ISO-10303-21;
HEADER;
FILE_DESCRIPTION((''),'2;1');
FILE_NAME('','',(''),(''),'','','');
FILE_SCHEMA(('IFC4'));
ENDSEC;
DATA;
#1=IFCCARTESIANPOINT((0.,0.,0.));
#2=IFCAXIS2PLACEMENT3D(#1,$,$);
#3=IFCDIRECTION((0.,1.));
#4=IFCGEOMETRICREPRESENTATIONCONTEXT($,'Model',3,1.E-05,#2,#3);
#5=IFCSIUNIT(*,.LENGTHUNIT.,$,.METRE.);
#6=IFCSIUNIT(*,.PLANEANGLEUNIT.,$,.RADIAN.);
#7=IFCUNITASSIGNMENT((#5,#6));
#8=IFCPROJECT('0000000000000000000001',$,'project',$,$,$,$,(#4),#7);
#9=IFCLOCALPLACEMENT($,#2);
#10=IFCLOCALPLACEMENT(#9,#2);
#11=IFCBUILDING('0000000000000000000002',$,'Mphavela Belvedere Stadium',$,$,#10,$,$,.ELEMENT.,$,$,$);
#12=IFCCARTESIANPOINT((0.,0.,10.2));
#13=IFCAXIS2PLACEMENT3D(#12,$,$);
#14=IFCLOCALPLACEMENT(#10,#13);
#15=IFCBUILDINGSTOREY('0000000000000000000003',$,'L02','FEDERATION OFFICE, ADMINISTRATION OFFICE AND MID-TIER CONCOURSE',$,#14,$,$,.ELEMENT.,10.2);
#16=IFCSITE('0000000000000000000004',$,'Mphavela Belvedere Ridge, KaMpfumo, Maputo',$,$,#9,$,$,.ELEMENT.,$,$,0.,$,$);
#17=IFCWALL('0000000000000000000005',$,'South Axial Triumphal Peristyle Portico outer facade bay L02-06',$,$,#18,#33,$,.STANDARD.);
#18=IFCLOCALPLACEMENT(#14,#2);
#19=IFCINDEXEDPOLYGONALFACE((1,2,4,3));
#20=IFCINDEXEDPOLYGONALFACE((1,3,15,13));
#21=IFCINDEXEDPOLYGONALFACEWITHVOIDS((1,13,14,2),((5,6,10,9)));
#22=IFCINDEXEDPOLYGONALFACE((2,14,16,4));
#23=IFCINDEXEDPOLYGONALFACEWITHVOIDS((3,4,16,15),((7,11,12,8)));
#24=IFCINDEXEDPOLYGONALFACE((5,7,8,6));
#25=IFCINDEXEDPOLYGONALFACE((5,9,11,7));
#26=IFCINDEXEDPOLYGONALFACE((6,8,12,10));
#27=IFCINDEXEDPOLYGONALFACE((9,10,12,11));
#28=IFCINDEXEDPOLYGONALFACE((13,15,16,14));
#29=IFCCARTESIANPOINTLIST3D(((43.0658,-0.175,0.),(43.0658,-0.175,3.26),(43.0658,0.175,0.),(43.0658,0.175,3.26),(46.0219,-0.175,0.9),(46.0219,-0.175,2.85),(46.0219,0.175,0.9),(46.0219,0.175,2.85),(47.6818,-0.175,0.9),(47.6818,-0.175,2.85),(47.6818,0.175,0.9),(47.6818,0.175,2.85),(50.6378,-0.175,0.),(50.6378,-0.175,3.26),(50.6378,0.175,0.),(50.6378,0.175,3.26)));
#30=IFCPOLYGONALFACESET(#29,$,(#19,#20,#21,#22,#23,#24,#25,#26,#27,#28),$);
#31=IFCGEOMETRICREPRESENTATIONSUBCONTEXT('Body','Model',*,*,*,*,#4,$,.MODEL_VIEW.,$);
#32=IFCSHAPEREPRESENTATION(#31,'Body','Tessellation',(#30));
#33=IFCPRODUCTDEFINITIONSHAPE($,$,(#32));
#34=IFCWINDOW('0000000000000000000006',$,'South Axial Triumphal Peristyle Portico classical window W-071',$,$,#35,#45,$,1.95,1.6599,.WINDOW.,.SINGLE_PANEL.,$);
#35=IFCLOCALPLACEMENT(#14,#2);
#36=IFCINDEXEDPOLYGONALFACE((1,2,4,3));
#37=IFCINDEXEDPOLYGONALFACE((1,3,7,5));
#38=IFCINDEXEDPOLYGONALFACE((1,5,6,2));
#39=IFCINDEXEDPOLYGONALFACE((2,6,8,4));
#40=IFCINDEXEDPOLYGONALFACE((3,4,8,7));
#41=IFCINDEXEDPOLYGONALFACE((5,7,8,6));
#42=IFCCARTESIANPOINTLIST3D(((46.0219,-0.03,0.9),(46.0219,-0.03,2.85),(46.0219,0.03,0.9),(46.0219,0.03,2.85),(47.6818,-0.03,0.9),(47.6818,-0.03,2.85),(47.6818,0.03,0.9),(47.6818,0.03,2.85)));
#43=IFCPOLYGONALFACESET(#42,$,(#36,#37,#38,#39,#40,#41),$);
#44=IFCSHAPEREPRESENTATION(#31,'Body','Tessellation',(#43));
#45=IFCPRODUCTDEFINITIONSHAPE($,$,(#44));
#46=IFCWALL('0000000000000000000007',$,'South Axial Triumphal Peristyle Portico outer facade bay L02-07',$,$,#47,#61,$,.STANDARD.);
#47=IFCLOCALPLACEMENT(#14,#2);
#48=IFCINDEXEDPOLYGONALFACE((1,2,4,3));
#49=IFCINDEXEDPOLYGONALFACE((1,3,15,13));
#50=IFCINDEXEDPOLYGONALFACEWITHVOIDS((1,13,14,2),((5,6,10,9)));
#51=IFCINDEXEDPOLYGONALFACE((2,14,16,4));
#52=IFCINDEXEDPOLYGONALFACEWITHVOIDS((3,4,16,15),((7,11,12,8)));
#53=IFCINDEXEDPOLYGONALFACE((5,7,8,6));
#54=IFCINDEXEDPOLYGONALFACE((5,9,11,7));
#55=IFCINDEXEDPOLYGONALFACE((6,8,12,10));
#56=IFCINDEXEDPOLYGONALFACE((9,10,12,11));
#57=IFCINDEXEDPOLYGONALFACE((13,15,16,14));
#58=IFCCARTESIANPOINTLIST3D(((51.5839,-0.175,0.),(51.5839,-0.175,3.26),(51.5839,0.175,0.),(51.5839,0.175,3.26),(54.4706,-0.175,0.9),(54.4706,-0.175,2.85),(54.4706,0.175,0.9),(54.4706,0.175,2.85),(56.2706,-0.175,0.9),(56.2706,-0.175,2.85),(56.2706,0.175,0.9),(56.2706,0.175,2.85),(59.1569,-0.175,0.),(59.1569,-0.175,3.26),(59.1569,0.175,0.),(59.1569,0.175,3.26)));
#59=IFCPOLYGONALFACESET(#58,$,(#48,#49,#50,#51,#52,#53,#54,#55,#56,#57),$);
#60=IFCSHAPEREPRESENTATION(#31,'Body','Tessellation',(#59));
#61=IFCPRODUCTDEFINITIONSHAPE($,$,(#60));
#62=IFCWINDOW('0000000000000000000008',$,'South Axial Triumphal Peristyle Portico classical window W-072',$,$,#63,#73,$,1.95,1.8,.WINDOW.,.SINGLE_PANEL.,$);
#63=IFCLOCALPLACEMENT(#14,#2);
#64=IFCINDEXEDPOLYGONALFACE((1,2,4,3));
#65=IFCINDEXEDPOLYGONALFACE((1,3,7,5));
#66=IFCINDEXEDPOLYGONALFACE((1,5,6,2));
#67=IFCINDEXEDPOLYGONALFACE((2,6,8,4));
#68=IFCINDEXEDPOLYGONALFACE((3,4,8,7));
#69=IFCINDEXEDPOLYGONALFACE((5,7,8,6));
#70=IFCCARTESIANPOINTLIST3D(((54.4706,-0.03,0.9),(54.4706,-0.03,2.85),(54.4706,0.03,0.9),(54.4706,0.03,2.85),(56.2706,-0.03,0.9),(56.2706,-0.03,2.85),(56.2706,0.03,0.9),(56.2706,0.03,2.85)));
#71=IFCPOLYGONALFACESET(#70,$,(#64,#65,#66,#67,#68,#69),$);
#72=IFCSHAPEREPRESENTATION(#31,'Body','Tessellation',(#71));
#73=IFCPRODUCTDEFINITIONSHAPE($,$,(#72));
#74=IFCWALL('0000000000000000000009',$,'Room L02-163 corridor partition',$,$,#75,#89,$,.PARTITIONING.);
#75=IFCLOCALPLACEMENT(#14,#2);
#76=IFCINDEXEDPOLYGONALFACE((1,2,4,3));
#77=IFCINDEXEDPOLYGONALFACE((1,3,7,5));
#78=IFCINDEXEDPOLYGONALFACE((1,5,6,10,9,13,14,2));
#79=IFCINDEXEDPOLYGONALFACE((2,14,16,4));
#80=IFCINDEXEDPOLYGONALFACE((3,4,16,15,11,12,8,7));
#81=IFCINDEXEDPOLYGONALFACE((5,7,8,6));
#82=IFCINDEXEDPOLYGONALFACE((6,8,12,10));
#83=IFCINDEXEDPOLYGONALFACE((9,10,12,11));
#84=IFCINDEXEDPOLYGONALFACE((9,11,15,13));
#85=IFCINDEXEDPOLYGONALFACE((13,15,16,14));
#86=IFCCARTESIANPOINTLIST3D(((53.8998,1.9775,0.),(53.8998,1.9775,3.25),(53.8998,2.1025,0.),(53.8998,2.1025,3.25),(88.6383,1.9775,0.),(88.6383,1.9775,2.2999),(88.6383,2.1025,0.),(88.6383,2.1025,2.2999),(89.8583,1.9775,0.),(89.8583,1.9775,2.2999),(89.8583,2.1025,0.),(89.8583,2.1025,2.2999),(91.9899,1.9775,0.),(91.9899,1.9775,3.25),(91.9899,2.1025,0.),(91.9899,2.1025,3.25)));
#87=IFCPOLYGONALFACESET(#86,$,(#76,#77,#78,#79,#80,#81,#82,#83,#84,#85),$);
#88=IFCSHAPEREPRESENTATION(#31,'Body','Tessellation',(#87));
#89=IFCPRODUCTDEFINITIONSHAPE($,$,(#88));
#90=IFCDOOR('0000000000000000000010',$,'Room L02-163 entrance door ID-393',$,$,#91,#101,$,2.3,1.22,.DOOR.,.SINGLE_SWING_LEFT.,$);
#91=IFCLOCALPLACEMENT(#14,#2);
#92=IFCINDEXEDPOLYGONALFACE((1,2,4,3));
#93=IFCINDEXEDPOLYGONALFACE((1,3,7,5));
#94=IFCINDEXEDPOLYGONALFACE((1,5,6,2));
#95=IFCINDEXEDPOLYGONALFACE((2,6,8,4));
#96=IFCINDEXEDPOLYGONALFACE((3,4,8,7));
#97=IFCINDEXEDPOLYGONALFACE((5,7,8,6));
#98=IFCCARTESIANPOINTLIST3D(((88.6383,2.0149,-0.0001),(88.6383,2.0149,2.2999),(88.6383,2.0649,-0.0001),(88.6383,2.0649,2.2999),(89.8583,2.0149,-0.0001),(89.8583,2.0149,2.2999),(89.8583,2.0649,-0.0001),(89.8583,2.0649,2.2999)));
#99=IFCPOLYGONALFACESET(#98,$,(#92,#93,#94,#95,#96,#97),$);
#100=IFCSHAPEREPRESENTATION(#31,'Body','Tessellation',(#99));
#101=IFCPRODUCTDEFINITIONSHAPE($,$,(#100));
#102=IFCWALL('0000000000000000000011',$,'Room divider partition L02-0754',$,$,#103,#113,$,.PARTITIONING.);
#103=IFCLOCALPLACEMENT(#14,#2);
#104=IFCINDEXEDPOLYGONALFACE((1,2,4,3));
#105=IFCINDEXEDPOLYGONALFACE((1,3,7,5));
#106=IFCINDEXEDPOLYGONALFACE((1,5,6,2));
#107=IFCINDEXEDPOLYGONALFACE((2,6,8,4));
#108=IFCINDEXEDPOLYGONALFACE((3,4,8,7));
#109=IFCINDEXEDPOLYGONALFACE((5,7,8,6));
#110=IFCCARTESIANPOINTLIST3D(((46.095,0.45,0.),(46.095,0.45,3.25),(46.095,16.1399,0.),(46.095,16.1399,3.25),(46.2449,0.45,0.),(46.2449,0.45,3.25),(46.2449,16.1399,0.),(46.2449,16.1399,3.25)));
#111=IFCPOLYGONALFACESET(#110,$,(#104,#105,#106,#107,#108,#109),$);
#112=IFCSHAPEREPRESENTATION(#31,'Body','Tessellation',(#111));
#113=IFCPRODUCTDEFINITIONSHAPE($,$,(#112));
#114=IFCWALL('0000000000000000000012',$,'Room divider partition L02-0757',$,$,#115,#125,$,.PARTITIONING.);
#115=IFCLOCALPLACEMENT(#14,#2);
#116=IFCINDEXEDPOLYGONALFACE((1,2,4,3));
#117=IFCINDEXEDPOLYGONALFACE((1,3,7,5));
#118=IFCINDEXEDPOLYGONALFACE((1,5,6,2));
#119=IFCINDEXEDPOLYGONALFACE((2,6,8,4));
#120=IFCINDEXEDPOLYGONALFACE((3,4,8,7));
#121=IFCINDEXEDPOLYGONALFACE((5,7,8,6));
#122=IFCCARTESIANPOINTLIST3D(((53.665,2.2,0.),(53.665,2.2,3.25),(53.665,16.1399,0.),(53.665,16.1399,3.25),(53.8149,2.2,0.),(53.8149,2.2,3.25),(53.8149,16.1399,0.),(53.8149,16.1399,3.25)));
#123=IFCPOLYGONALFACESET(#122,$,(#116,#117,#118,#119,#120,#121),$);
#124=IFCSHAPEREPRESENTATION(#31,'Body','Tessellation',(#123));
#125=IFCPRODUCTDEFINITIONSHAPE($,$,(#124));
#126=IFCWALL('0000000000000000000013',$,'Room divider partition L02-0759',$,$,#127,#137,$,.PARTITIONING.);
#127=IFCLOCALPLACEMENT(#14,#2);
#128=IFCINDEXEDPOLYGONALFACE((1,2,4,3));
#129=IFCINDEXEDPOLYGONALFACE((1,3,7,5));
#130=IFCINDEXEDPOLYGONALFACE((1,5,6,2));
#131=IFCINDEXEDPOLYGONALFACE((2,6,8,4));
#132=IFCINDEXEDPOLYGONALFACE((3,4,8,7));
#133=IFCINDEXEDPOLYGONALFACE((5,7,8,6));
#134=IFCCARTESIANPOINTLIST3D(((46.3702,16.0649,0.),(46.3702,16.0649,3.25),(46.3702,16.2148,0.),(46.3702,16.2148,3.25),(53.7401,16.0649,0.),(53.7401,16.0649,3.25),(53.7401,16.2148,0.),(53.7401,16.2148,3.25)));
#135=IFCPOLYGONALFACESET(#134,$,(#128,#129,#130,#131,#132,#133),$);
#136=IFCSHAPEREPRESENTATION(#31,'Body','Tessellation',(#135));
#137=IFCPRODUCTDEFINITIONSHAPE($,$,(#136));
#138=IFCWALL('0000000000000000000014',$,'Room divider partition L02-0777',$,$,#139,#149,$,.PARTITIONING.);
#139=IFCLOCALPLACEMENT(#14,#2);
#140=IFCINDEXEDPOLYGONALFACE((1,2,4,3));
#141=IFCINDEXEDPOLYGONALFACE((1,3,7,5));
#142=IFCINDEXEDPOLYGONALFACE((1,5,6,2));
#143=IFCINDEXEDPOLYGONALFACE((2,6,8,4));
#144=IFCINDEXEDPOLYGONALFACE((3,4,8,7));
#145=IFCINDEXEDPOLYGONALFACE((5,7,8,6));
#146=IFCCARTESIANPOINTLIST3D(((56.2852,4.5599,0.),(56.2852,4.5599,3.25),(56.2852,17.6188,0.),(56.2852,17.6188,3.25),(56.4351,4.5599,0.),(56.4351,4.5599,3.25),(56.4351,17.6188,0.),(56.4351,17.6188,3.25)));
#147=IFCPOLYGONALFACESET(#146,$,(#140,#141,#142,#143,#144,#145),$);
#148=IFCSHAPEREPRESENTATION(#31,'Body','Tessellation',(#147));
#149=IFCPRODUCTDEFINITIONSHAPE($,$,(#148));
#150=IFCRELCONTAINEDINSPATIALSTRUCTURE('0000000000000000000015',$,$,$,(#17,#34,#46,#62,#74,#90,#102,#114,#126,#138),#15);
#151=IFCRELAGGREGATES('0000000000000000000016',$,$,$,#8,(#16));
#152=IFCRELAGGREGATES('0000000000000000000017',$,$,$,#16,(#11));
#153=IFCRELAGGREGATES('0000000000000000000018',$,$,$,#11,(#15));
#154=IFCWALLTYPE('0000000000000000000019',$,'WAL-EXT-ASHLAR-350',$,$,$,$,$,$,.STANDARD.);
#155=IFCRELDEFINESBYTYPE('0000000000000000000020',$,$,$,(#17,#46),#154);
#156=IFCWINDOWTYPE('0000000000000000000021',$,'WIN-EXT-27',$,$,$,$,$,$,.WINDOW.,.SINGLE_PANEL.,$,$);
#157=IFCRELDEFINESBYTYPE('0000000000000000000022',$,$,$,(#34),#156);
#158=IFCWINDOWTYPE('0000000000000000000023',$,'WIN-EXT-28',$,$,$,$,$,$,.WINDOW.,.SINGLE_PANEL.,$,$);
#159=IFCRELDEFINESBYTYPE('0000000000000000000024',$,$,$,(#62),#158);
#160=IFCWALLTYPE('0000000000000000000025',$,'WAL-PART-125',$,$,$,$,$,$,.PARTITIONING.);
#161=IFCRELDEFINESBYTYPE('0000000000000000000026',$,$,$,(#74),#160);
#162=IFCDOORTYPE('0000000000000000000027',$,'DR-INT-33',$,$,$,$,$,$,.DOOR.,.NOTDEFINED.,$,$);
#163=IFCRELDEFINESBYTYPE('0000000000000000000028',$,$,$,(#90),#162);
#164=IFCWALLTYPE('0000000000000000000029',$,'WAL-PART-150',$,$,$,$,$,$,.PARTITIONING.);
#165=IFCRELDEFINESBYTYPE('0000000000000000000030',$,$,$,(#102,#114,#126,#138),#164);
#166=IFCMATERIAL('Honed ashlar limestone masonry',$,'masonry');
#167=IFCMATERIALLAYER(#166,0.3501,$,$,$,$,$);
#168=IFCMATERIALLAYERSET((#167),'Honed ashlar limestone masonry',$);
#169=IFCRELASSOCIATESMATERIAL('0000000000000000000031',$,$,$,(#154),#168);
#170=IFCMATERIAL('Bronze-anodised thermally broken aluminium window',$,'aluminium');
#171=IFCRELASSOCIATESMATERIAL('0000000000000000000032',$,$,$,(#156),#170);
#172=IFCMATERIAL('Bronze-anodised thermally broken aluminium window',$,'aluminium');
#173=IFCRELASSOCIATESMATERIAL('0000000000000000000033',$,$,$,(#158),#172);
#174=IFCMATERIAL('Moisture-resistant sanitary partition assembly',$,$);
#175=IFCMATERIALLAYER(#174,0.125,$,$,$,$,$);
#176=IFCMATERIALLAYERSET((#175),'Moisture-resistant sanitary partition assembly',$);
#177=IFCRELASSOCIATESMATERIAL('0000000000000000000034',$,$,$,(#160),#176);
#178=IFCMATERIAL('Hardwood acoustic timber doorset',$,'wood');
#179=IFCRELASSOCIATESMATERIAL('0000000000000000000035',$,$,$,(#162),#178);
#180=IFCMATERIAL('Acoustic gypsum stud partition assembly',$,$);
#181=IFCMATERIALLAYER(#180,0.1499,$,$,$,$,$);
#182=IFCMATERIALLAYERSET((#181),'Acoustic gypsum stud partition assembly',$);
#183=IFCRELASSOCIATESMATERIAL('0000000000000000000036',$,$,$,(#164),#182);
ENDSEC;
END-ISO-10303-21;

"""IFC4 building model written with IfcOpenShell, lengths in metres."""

from ifc_helpers import new_model, si_unit, direction, frame, frame_2d, origin, place, context, subcontext, project, spatial, rectangle, extrude, material, layer, layer_set, type_object, element, fill, save


model = new_model("IFC4")

# Units and contexts
model_context = context("Model", 3, precision=1e-05, world=origin(), true_north=direction((0.0, 1.0)))
body_context = subcontext(model_context, "Body", "Model", "MODEL_VIEW")
ifc_project = project(units=[si_unit("LENGTHUNIT", "METRE"), si_unit("PLANEANGLEUNIT", "RADIAN")], contexts=[model_context])

# Site, building, storey
site_placement = place(None, origin())
site = spatial("IfcSite", under=ifc_project, at=site_placement, Name="Mphavela Belvedere Ridge, KaMpfumo, Maputo", CompositionType="ELEMENT", RefElevation=0.0)
building_placement = place(site_placement, origin())
building = spatial("IfcBuilding", under=site, at=building_placement, Name="Mphavela Belvedere Stadium", CompositionType="ELEMENT")
storey_placement = place(building_placement, frame((0.0, 0.0, 10.2)))
storey = spatial("IfcBuildingStorey", under=building, at=storey_placement, Name="L02", Description="FEDERATION OFFICE, ADMINISTRATION OFFICE AND MID-TIER CONCOURSE", CompositionType="ELEMENT", Elevation=10.2)

# Walls, openings, windows
ifc_material_1 = material(Name="Honed ashlar limestone masonry", Category="masonry")
ifc_layer_1 = layer(ifc_material_1, 0.3501)
ifc_layer_set_1 = layer_set([ifc_layer_1], Name="Honed ashlar limestone masonry")
wall_type_1 = type_object("IfcWallType", Name="WAL-EXT-ASHLAR-350", PredefinedType="STANDARD", material=ifc_layer_set_1)
wall_1_placement = place(storey_placement, frame((50.6379, 0.0, 0.0), z_axis=(0.0, 0.0, 1.0), x_axis=(-1.0, 0.0, 0.0)))
wall_1 = element("IfcWall", 1, at=wall_1_placement, inside=storey, type_object=wall_type_1, Name="South Axial Triumphal Peristyle Portico outer facade bay L02-06", PredefinedType="STANDARD", context=body_context, shape_type="SweptSolid", body=[
    extrude(rectangle(XDim=7.572, YDim=0.3501, at=frame_2d((3.7861, 0.0))), origin(), (0.0, 0.0, 1.0), 3.26),
])
opening_1_placement = place(wall_1_placement, frame((2.9561, 0.0, 0.8999)))
opening_1 = element("IfcOpeningElement", 2, at=opening_1_placement, cuts=wall_1, PredefinedType="OPENING", context=body_context, shape_type="SweptSolid", body=[
    extrude(rectangle(XDim=1.6599, YDim=1.95, at=frame_2d((0.8301, 0.9751))), frame((0.0, 0.1851, 0.0), z_axis=(0.0, -1.0, 0.0), x_axis=(1.0, 0.0, 0.0)), (0.0, 0.0, 1.0), 0.3701),
])
ifc_material_2 = material(Name="Bronze-anodised thermally broken aluminium window", Category="aluminium")
window_type_1 = type_object("IfcWindowType", Name="WIN-EXT-27", PartitioningType="SINGLE_PANEL", PredefinedType="WINDOW", material=ifc_material_2)
window_1_placement = place(opening_1_placement, origin())
window_1 = element("IfcWindow", 3, at=window_1_placement, inside=storey, type_object=window_type_1, Name="South Axial Triumphal Peristyle Portico classical window W-071", OverallHeight=1.95, OverallWidth=1.6599, PartitioningType="SINGLE_PANEL", PredefinedType="WINDOW", context=body_context, shape_type="SweptSolid", body=[
    extrude(rectangle(XDim=1.6599, YDim=1.95, at=frame_2d((0.8301, 0.9751))), frame((0.0, 0.03, 0.0), z_axis=(0.0, -1.0, 0.0), x_axis=(1.0, 0.0, 0.0)), (0.0, 0.0, 1.0), 0.0601),
])
fill(opening_1, window_1)
wall_2_placement = place(storey_placement, frame((59.157, 0.0, 0.0), z_axis=(0.0, 0.0, 1.0), x_axis=(-1.0, 0.0, 0.0)))
wall_2 = element("IfcWall", 4, at=wall_2_placement, inside=storey, type_object=wall_type_1, Name="South Axial Triumphal Peristyle Portico outer facade bay L02-07", PredefinedType="STANDARD", context=body_context, shape_type="SweptSolid", body=[
    extrude(rectangle(XDim=7.573, YDim=0.3501, at=frame_2d((3.7866, 0.0))), origin(), (0.0, 0.0, 1.0), 3.26),
])
opening_2_placement = place(wall_2_placement, frame((2.8865, 0.0, 0.8999)))
opening_2 = element("IfcOpeningElement", 5, at=opening_2_placement, cuts=wall_2, PredefinedType="OPENING", context=body_context, shape_type="SweptSolid", body=[
    extrude(rectangle(XDim=1.8, YDim=1.95, at=frame_2d((0.8999, 0.9751))), frame((0.0, 0.1851, 0.0), z_axis=(0.0, -1.0, 0.0), x_axis=(1.0, 0.0, 0.0)), (0.0, 0.0, 1.0), 0.3701),
])
ifc_material_3 = material(Name="Bronze-anodised thermally broken aluminium window", Category="aluminium")
window_type_2 = type_object("IfcWindowType", Name="WIN-EXT-28", PartitioningType="SINGLE_PANEL", PredefinedType="WINDOW", material=ifc_material_3)
window_2_placement = place(opening_2_placement, origin())
window_2 = element("IfcWindow", 6, at=window_2_placement, inside=storey, type_object=window_type_2, Name="South Axial Triumphal Peristyle Portico classical window W-072", OverallHeight=1.95, OverallWidth=1.8, PartitioningType="SINGLE_PANEL", PredefinedType="WINDOW", context=body_context, shape_type="SweptSolid", body=[
    extrude(rectangle(XDim=1.8, YDim=1.95, at=frame_2d((0.8999, 0.9751))), frame((0.0, 0.03, 0.0), z_axis=(0.0, -1.0, 0.0), x_axis=(1.0, 0.0, 0.0)), (0.0, 0.0, 1.0), 0.0601),
])
fill(opening_2, window_2)

# Wall, opening, door
ifc_material_4 = material(Name="Moisture-resistant sanitary partition assembly")
ifc_layer_2 = layer(ifc_material_4, 0.125)
ifc_layer_set_2 = layer_set([ifc_layer_2], Name="Moisture-resistant sanitary partition assembly")
wall_type_2 = type_object("IfcWallType", Name="WAL-PART-125", PredefinedType="PARTITIONING", material=ifc_layer_set_2)
wall_3_placement = place(storey_placement, frame((53.8999, 2.04, 0.0), z_axis=(0.0, 0.0, 1.0), x_axis=(1.0, 0.0, 0.0)))
wall_3 = element("IfcWall", 7, at=wall_3_placement, inside=storey, type_object=wall_type_2, Name="Room L02-163 corridor partition", PredefinedType="PARTITIONING", context=body_context, shape_type="SweptSolid", body=[
    extrude(rectangle(XDim=38.0901, YDim=0.125, at=frame_2d((19.0449, 0.0))), origin(), (0.0, 0.0, 1.0), 3.25),
])
opening_3_placement = place(wall_3_placement, frame((34.7385, 0.0, 0.0)))
opening_3 = element("IfcOpeningElement", 8, at=opening_3_placement, cuts=wall_3, PredefinedType="OPENING", context=body_context, shape_type="SweptSolid", body=[
    extrude(rectangle(XDim=1.22, YDim=2.3, at=frame_2d((0.6099, 1.1499))), frame((0.0, 0.0725, 0.0), z_axis=(0.0, -1.0, 0.0), x_axis=(1.0, 0.0, 0.0)), (0.0, 0.0, 1.0), 0.145),
])
ifc_material_5 = material(Name="Hardwood acoustic timber doorset", Category="wood")
door_type = type_object("IfcDoorType", Name="DR-INT-33", OperationType="NOTDEFINED", PredefinedType="DOOR", material=ifc_material_5)
door_placement = place(opening_3_placement, origin())
door = element("IfcDoor", 9, at=door_placement, inside=storey, type_object=door_type, Name="Room L02-163 entrance door ID-393", OperationType="SINGLE_SWING_LEFT", OverallHeight=2.3, OverallWidth=1.22, PredefinedType="DOOR", context=body_context, shape_type="SweptSolid", body=[
    extrude(rectangle(XDim=1.22, YDim=2.3, at=frame_2d((0.6099, 1.1499))), frame((0.0, 0.0249, 0.0), z_axis=(0.0, -1.0, 0.0), x_axis=(1.0, 0.0, 0.0)), (0.0, 0.0, 1.0), 0.05),
])
fill(opening_3, door)

# Walls
ifc_material_6 = material(Name="Acoustic gypsum stud partition assembly")
ifc_layer_3 = layer(ifc_material_6, 0.1499)
ifc_layer_set_3 = layer_set([ifc_layer_3], Name="Acoustic gypsum stud partition assembly")
wall_type_3 = type_object("IfcWallType", Name="WAL-PART-150", PredefinedType="PARTITIONING", material=ifc_layer_set_3)
wall_4_placement = place(storey_placement, frame((46.1699, 16.1399, 0.0), z_axis=(0.0, 0.0, 1.0), x_axis=(0.0, -1.0, 0.0)))
element("IfcWall", 10, at=wall_4_placement, inside=storey, type_object=wall_type_3, Name="Room divider partition L02-0754", PredefinedType="PARTITIONING", context=body_context, shape_type="SweptSolid", body=[
    extrude(rectangle(XDim=15.6899, YDim=0.1499, at=frame_2d((7.845, 0.0))), origin(), (0.0, 0.0, 1.0), 3.25),
])
wall_5_placement = place(storey_placement, frame((53.74, 16.1399, 0.0), z_axis=(0.0, 0.0, 1.0), x_axis=(0.0, -1.0, 0.0)))
element("IfcWall", 11, at=wall_5_placement, inside=storey, type_object=wall_type_3, Name="Room divider partition L02-0757", PredefinedType="PARTITIONING", context=body_context, shape_type="SweptSolid", body=[
    extrude(rectangle(XDim=13.9399, YDim=0.1499, at=frame_2d((6.97, 0.0))), origin(), (0.0, 0.0, 1.0), 3.25),
])
wall_6_placement = place(storey_placement, frame((46.3701, 16.1399, 0.0), z_axis=(0.0, 0.0, 1.0), x_axis=(1.0, 0.0, 0.0)))
element("IfcWall", 12, at=wall_6_placement, inside=storey, type_object=wall_type_3, Name="Room divider partition L02-0759", PredefinedType="PARTITIONING", context=body_context, shape_type="SweptSolid", body=[
    extrude(rectangle(XDim=7.3699, YDim=0.1499, at=frame_2d((3.6851, 0.0))), origin(), (0.0, 0.0, 1.0), 3.25),
])
wall_7_placement = place(storey_placement, frame((56.3601, 4.5601, 0.0), z_axis=(0.0, 0.0, 1.0), x_axis=(0.0, 1.0, 0.0)))
element("IfcWall", 13, at=wall_7_placement, inside=storey, type_object=wall_type_3, Name="Room divider partition L02-0777", PredefinedType="PARTITIONING", context=body_context, shape_type="SweptSolid", body=[
    extrude(rectangle(XDim=13.0588, YDim=0.1499, at=frame_2d((6.5293, 0.0))), origin(), (0.0, 0.0, 1.0), 3.25),
])

save(model, "model.ifc")
